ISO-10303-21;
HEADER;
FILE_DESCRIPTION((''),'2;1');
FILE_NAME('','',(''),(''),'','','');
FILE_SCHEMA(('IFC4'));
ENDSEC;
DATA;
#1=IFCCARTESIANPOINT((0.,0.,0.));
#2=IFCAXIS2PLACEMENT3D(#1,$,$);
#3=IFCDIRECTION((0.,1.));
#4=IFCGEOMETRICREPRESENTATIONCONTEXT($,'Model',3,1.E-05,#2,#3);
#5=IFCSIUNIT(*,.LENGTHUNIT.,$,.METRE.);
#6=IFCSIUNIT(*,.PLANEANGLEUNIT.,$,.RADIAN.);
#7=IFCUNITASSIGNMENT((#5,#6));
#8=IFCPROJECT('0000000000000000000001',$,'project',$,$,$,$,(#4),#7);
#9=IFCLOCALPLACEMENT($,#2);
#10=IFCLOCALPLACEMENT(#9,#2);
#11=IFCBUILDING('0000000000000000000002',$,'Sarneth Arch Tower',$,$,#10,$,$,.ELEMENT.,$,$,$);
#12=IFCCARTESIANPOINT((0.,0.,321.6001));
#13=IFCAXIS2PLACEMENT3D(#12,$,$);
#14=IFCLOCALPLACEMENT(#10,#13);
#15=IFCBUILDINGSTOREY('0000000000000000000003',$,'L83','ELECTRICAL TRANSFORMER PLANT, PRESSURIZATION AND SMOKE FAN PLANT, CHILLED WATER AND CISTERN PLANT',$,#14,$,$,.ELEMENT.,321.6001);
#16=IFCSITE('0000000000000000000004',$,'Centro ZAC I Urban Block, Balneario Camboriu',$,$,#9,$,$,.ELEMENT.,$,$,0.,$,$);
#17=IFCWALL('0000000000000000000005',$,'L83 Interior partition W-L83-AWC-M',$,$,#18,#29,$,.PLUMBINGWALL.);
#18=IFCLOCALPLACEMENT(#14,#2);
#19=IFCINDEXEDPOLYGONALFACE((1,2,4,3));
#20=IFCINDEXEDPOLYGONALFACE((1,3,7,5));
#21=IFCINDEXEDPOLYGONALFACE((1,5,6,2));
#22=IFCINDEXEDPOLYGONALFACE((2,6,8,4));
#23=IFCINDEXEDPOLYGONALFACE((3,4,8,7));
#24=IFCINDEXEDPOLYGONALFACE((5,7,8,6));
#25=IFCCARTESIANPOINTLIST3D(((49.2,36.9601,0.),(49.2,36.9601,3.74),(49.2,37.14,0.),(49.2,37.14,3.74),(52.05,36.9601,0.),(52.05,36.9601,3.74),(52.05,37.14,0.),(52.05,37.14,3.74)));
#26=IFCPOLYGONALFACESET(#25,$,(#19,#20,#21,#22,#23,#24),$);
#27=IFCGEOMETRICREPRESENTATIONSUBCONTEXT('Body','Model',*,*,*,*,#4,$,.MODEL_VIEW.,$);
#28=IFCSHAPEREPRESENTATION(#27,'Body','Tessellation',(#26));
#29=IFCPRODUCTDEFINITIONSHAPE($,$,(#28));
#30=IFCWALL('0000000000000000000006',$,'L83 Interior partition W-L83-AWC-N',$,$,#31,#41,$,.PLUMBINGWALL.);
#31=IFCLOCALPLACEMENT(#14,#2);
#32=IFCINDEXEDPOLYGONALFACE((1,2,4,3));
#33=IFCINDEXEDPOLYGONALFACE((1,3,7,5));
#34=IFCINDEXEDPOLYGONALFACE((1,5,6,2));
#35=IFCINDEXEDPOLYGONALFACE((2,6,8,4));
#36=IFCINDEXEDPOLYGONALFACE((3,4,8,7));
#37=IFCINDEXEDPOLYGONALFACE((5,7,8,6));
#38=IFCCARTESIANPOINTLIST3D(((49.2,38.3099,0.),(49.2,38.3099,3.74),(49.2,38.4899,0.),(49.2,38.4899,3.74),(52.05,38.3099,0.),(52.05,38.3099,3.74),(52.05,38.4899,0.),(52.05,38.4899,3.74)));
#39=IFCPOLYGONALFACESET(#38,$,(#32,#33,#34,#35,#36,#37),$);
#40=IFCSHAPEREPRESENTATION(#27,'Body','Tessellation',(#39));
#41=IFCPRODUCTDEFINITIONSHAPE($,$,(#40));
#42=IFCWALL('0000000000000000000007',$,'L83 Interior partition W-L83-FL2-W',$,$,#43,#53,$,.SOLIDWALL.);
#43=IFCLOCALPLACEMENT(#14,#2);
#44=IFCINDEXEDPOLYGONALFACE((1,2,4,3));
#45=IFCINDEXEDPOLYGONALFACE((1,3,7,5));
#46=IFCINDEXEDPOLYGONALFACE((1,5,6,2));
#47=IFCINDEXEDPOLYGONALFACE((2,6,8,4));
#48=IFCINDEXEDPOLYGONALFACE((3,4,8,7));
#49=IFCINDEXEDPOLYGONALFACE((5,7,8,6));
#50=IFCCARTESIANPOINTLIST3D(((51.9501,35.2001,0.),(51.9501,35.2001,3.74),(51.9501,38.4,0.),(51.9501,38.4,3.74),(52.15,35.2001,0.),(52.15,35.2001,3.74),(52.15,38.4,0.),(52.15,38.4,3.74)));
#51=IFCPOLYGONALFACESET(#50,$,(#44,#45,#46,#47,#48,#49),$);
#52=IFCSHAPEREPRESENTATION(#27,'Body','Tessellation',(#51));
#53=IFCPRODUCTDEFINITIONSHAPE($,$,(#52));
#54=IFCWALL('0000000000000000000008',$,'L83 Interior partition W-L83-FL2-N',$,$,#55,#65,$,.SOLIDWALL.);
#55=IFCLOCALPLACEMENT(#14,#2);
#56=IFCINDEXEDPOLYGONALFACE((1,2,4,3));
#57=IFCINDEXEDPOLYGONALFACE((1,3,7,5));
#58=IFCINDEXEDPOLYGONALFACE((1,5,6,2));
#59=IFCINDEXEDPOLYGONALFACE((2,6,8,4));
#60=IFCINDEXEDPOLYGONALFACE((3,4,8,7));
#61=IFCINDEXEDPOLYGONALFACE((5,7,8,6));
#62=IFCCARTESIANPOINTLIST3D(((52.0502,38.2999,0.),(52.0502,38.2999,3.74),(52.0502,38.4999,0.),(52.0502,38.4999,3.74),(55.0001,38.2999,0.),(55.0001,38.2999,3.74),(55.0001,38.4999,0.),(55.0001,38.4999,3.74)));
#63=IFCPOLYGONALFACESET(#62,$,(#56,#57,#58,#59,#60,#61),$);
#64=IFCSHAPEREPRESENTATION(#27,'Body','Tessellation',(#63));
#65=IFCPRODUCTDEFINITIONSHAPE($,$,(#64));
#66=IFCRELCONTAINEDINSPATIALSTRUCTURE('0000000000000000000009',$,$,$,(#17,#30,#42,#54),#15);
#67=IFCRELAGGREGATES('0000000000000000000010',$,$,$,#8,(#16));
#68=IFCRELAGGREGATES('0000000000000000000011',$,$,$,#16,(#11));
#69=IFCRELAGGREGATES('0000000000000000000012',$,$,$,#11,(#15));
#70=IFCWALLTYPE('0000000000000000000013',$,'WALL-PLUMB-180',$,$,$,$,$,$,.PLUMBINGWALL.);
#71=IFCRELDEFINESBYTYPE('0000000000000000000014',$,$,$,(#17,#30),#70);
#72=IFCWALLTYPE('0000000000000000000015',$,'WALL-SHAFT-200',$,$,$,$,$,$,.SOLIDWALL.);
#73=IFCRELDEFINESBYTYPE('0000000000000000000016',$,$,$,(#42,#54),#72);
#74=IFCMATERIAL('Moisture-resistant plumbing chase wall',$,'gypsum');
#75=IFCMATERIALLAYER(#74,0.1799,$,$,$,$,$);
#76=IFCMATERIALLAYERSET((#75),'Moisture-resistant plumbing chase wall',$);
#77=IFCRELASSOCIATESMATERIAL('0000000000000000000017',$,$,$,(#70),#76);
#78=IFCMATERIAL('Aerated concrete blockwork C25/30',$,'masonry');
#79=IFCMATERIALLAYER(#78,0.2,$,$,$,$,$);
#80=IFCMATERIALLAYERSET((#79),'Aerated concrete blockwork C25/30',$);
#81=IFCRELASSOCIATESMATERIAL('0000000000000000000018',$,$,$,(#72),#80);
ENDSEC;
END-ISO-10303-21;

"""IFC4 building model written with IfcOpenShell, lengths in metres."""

from ifc_helpers import new_model, si_unit, direction, frame, frame_2d, origin, place, context, subcontext, project, spatial, rectangle, extrude, material, layer, layer_set, type_object, element, save


model = new_model("IFC4")

# Units and contexts
model_context = context("Model", 3, precision=1e-05, world=origin(), true_north=direction((0.0, 1.0)))
body_context = subcontext(model_context, "Body", "Model", "MODEL_VIEW")
ifc_project = project(units=[si_unit("LENGTHUNIT", "METRE"), si_unit("PLANEANGLEUNIT", "RADIAN")], contexts=[model_context])

# Site, building, storey
site_placement = place(None, origin())
site = spatial("IfcSite", under=ifc_project, at=site_placement, Name="Centro ZAC I Urban Block, Balneario Camboriu", CompositionType="ELEMENT", RefElevation=0.0)
building_placement = place(site_placement, origin())
building = spatial("IfcBuilding", under=site, at=building_placement, Name="Sarneth Arch Tower", CompositionType="ELEMENT")
storey_placement = place(building_placement, frame((0.0, 0.0, 321.6001)))
storey = spatial("IfcBuildingStorey", under=building, at=storey_placement, Name="L83", Description="ELECTRICAL TRANSFORMER PLANT, PRESSURIZATION AND SMOKE FAN PLANT, CHILLED WATER AND CISTERN PLANT", CompositionType="ELEMENT", Elevation=321.6001)

# Walls
ifc_material_1 = material(Name="Moisture-resistant plumbing chase wall", Category="gypsum")
ifc_layer_1 = layer(ifc_material_1, 0.1799)
ifc_layer_set_1 = layer_set([ifc_layer_1], Name="Moisture-resistant plumbing chase wall")
wall_type_1 = type_object("IfcWallType", Name="WALL-PLUMB-180", PredefinedType="PLUMBINGWALL", material=ifc_layer_set_1)
for number, where, z_axis, x_axis, name in (
    (1, (49.2, 37.05, 0.0), (0.0, 0.0, 1.0), (1.0, 0.0, 0.0), "L83 Interior partition W-L83-AWC-M"),
    (2, (49.2, 38.3999, 0.0), (0.0, 0.0, 1.0), (1.0, 0.0, 0.0), "L83 Interior partition W-L83-AWC-N"),
):
    element("IfcWall", number, at=place(storey_placement, frame(where, z_axis=z_axis, x_axis=x_axis)), inside=storey, type_object=wall_type_1, Name=name, PredefinedType="PLUMBINGWALL", context=body_context, shape_type="SweptSolid", body=[
        extrude(rectangle(XDim=2.8501, YDim=0.1799, at=frame_2d((1.425, 0.0))), origin(), (0.0, 0.0, 1.0), 3.74),
    ])

# Shared definitions
ifc_material_2 = material(Name="Aerated concrete blockwork C25/30", Category="masonry")
ifc_layer_2 = layer(ifc_material_2, 0.2)
ifc_layer_set_2 = layer_set([ifc_layer_2], Name="Aerated concrete blockwork C25/30")
wall_type_2 = type_object("IfcWallType", Name="WALL-SHAFT-200", PredefinedType="SOLIDWALL", material=ifc_layer_set_2)

# Walls
wall_1_placement = place(storey_placement, frame((52.05, 35.2, 0.0), z_axis=(0.0, 0.0, 1.0), x_axis=(0.0, 1.0, 0.0)))
element("IfcWall", 3, at=wall_1_placement, inside=storey, type_object=wall_type_2, Name="L83 Interior partition W-L83-FL2-W", PredefinedType="SOLIDWALL", context=body_context, shape_type="SweptSolid", body=[
    extrude(rectangle(XDim=3.2, YDim=0.2, at=frame_2d((1.6001, 0.0))), origin(), (0.0, 0.0, 1.0), 3.74),
])
wall_2_placement = place(storey_placement, frame((52.05, 38.3999, 0.0), z_axis=(0.0, 0.0, 1.0), x_axis=(1.0, 0.0, 0.0)))
element("IfcWall", 4, at=wall_2_placement, inside=storey, type_object=wall_type_2, Name="L83 Interior partition W-L83-FL2-N", PredefinedType="SOLIDWALL", context=body_context, shape_type="SweptSolid", body=[
    extrude(rectangle(XDim=2.95, YDim=0.2, at=frame_2d((1.4751, 0.0))), origin(), (0.0, 0.0, 1.0), 3.74),
])

save(model, "model.ifc")
